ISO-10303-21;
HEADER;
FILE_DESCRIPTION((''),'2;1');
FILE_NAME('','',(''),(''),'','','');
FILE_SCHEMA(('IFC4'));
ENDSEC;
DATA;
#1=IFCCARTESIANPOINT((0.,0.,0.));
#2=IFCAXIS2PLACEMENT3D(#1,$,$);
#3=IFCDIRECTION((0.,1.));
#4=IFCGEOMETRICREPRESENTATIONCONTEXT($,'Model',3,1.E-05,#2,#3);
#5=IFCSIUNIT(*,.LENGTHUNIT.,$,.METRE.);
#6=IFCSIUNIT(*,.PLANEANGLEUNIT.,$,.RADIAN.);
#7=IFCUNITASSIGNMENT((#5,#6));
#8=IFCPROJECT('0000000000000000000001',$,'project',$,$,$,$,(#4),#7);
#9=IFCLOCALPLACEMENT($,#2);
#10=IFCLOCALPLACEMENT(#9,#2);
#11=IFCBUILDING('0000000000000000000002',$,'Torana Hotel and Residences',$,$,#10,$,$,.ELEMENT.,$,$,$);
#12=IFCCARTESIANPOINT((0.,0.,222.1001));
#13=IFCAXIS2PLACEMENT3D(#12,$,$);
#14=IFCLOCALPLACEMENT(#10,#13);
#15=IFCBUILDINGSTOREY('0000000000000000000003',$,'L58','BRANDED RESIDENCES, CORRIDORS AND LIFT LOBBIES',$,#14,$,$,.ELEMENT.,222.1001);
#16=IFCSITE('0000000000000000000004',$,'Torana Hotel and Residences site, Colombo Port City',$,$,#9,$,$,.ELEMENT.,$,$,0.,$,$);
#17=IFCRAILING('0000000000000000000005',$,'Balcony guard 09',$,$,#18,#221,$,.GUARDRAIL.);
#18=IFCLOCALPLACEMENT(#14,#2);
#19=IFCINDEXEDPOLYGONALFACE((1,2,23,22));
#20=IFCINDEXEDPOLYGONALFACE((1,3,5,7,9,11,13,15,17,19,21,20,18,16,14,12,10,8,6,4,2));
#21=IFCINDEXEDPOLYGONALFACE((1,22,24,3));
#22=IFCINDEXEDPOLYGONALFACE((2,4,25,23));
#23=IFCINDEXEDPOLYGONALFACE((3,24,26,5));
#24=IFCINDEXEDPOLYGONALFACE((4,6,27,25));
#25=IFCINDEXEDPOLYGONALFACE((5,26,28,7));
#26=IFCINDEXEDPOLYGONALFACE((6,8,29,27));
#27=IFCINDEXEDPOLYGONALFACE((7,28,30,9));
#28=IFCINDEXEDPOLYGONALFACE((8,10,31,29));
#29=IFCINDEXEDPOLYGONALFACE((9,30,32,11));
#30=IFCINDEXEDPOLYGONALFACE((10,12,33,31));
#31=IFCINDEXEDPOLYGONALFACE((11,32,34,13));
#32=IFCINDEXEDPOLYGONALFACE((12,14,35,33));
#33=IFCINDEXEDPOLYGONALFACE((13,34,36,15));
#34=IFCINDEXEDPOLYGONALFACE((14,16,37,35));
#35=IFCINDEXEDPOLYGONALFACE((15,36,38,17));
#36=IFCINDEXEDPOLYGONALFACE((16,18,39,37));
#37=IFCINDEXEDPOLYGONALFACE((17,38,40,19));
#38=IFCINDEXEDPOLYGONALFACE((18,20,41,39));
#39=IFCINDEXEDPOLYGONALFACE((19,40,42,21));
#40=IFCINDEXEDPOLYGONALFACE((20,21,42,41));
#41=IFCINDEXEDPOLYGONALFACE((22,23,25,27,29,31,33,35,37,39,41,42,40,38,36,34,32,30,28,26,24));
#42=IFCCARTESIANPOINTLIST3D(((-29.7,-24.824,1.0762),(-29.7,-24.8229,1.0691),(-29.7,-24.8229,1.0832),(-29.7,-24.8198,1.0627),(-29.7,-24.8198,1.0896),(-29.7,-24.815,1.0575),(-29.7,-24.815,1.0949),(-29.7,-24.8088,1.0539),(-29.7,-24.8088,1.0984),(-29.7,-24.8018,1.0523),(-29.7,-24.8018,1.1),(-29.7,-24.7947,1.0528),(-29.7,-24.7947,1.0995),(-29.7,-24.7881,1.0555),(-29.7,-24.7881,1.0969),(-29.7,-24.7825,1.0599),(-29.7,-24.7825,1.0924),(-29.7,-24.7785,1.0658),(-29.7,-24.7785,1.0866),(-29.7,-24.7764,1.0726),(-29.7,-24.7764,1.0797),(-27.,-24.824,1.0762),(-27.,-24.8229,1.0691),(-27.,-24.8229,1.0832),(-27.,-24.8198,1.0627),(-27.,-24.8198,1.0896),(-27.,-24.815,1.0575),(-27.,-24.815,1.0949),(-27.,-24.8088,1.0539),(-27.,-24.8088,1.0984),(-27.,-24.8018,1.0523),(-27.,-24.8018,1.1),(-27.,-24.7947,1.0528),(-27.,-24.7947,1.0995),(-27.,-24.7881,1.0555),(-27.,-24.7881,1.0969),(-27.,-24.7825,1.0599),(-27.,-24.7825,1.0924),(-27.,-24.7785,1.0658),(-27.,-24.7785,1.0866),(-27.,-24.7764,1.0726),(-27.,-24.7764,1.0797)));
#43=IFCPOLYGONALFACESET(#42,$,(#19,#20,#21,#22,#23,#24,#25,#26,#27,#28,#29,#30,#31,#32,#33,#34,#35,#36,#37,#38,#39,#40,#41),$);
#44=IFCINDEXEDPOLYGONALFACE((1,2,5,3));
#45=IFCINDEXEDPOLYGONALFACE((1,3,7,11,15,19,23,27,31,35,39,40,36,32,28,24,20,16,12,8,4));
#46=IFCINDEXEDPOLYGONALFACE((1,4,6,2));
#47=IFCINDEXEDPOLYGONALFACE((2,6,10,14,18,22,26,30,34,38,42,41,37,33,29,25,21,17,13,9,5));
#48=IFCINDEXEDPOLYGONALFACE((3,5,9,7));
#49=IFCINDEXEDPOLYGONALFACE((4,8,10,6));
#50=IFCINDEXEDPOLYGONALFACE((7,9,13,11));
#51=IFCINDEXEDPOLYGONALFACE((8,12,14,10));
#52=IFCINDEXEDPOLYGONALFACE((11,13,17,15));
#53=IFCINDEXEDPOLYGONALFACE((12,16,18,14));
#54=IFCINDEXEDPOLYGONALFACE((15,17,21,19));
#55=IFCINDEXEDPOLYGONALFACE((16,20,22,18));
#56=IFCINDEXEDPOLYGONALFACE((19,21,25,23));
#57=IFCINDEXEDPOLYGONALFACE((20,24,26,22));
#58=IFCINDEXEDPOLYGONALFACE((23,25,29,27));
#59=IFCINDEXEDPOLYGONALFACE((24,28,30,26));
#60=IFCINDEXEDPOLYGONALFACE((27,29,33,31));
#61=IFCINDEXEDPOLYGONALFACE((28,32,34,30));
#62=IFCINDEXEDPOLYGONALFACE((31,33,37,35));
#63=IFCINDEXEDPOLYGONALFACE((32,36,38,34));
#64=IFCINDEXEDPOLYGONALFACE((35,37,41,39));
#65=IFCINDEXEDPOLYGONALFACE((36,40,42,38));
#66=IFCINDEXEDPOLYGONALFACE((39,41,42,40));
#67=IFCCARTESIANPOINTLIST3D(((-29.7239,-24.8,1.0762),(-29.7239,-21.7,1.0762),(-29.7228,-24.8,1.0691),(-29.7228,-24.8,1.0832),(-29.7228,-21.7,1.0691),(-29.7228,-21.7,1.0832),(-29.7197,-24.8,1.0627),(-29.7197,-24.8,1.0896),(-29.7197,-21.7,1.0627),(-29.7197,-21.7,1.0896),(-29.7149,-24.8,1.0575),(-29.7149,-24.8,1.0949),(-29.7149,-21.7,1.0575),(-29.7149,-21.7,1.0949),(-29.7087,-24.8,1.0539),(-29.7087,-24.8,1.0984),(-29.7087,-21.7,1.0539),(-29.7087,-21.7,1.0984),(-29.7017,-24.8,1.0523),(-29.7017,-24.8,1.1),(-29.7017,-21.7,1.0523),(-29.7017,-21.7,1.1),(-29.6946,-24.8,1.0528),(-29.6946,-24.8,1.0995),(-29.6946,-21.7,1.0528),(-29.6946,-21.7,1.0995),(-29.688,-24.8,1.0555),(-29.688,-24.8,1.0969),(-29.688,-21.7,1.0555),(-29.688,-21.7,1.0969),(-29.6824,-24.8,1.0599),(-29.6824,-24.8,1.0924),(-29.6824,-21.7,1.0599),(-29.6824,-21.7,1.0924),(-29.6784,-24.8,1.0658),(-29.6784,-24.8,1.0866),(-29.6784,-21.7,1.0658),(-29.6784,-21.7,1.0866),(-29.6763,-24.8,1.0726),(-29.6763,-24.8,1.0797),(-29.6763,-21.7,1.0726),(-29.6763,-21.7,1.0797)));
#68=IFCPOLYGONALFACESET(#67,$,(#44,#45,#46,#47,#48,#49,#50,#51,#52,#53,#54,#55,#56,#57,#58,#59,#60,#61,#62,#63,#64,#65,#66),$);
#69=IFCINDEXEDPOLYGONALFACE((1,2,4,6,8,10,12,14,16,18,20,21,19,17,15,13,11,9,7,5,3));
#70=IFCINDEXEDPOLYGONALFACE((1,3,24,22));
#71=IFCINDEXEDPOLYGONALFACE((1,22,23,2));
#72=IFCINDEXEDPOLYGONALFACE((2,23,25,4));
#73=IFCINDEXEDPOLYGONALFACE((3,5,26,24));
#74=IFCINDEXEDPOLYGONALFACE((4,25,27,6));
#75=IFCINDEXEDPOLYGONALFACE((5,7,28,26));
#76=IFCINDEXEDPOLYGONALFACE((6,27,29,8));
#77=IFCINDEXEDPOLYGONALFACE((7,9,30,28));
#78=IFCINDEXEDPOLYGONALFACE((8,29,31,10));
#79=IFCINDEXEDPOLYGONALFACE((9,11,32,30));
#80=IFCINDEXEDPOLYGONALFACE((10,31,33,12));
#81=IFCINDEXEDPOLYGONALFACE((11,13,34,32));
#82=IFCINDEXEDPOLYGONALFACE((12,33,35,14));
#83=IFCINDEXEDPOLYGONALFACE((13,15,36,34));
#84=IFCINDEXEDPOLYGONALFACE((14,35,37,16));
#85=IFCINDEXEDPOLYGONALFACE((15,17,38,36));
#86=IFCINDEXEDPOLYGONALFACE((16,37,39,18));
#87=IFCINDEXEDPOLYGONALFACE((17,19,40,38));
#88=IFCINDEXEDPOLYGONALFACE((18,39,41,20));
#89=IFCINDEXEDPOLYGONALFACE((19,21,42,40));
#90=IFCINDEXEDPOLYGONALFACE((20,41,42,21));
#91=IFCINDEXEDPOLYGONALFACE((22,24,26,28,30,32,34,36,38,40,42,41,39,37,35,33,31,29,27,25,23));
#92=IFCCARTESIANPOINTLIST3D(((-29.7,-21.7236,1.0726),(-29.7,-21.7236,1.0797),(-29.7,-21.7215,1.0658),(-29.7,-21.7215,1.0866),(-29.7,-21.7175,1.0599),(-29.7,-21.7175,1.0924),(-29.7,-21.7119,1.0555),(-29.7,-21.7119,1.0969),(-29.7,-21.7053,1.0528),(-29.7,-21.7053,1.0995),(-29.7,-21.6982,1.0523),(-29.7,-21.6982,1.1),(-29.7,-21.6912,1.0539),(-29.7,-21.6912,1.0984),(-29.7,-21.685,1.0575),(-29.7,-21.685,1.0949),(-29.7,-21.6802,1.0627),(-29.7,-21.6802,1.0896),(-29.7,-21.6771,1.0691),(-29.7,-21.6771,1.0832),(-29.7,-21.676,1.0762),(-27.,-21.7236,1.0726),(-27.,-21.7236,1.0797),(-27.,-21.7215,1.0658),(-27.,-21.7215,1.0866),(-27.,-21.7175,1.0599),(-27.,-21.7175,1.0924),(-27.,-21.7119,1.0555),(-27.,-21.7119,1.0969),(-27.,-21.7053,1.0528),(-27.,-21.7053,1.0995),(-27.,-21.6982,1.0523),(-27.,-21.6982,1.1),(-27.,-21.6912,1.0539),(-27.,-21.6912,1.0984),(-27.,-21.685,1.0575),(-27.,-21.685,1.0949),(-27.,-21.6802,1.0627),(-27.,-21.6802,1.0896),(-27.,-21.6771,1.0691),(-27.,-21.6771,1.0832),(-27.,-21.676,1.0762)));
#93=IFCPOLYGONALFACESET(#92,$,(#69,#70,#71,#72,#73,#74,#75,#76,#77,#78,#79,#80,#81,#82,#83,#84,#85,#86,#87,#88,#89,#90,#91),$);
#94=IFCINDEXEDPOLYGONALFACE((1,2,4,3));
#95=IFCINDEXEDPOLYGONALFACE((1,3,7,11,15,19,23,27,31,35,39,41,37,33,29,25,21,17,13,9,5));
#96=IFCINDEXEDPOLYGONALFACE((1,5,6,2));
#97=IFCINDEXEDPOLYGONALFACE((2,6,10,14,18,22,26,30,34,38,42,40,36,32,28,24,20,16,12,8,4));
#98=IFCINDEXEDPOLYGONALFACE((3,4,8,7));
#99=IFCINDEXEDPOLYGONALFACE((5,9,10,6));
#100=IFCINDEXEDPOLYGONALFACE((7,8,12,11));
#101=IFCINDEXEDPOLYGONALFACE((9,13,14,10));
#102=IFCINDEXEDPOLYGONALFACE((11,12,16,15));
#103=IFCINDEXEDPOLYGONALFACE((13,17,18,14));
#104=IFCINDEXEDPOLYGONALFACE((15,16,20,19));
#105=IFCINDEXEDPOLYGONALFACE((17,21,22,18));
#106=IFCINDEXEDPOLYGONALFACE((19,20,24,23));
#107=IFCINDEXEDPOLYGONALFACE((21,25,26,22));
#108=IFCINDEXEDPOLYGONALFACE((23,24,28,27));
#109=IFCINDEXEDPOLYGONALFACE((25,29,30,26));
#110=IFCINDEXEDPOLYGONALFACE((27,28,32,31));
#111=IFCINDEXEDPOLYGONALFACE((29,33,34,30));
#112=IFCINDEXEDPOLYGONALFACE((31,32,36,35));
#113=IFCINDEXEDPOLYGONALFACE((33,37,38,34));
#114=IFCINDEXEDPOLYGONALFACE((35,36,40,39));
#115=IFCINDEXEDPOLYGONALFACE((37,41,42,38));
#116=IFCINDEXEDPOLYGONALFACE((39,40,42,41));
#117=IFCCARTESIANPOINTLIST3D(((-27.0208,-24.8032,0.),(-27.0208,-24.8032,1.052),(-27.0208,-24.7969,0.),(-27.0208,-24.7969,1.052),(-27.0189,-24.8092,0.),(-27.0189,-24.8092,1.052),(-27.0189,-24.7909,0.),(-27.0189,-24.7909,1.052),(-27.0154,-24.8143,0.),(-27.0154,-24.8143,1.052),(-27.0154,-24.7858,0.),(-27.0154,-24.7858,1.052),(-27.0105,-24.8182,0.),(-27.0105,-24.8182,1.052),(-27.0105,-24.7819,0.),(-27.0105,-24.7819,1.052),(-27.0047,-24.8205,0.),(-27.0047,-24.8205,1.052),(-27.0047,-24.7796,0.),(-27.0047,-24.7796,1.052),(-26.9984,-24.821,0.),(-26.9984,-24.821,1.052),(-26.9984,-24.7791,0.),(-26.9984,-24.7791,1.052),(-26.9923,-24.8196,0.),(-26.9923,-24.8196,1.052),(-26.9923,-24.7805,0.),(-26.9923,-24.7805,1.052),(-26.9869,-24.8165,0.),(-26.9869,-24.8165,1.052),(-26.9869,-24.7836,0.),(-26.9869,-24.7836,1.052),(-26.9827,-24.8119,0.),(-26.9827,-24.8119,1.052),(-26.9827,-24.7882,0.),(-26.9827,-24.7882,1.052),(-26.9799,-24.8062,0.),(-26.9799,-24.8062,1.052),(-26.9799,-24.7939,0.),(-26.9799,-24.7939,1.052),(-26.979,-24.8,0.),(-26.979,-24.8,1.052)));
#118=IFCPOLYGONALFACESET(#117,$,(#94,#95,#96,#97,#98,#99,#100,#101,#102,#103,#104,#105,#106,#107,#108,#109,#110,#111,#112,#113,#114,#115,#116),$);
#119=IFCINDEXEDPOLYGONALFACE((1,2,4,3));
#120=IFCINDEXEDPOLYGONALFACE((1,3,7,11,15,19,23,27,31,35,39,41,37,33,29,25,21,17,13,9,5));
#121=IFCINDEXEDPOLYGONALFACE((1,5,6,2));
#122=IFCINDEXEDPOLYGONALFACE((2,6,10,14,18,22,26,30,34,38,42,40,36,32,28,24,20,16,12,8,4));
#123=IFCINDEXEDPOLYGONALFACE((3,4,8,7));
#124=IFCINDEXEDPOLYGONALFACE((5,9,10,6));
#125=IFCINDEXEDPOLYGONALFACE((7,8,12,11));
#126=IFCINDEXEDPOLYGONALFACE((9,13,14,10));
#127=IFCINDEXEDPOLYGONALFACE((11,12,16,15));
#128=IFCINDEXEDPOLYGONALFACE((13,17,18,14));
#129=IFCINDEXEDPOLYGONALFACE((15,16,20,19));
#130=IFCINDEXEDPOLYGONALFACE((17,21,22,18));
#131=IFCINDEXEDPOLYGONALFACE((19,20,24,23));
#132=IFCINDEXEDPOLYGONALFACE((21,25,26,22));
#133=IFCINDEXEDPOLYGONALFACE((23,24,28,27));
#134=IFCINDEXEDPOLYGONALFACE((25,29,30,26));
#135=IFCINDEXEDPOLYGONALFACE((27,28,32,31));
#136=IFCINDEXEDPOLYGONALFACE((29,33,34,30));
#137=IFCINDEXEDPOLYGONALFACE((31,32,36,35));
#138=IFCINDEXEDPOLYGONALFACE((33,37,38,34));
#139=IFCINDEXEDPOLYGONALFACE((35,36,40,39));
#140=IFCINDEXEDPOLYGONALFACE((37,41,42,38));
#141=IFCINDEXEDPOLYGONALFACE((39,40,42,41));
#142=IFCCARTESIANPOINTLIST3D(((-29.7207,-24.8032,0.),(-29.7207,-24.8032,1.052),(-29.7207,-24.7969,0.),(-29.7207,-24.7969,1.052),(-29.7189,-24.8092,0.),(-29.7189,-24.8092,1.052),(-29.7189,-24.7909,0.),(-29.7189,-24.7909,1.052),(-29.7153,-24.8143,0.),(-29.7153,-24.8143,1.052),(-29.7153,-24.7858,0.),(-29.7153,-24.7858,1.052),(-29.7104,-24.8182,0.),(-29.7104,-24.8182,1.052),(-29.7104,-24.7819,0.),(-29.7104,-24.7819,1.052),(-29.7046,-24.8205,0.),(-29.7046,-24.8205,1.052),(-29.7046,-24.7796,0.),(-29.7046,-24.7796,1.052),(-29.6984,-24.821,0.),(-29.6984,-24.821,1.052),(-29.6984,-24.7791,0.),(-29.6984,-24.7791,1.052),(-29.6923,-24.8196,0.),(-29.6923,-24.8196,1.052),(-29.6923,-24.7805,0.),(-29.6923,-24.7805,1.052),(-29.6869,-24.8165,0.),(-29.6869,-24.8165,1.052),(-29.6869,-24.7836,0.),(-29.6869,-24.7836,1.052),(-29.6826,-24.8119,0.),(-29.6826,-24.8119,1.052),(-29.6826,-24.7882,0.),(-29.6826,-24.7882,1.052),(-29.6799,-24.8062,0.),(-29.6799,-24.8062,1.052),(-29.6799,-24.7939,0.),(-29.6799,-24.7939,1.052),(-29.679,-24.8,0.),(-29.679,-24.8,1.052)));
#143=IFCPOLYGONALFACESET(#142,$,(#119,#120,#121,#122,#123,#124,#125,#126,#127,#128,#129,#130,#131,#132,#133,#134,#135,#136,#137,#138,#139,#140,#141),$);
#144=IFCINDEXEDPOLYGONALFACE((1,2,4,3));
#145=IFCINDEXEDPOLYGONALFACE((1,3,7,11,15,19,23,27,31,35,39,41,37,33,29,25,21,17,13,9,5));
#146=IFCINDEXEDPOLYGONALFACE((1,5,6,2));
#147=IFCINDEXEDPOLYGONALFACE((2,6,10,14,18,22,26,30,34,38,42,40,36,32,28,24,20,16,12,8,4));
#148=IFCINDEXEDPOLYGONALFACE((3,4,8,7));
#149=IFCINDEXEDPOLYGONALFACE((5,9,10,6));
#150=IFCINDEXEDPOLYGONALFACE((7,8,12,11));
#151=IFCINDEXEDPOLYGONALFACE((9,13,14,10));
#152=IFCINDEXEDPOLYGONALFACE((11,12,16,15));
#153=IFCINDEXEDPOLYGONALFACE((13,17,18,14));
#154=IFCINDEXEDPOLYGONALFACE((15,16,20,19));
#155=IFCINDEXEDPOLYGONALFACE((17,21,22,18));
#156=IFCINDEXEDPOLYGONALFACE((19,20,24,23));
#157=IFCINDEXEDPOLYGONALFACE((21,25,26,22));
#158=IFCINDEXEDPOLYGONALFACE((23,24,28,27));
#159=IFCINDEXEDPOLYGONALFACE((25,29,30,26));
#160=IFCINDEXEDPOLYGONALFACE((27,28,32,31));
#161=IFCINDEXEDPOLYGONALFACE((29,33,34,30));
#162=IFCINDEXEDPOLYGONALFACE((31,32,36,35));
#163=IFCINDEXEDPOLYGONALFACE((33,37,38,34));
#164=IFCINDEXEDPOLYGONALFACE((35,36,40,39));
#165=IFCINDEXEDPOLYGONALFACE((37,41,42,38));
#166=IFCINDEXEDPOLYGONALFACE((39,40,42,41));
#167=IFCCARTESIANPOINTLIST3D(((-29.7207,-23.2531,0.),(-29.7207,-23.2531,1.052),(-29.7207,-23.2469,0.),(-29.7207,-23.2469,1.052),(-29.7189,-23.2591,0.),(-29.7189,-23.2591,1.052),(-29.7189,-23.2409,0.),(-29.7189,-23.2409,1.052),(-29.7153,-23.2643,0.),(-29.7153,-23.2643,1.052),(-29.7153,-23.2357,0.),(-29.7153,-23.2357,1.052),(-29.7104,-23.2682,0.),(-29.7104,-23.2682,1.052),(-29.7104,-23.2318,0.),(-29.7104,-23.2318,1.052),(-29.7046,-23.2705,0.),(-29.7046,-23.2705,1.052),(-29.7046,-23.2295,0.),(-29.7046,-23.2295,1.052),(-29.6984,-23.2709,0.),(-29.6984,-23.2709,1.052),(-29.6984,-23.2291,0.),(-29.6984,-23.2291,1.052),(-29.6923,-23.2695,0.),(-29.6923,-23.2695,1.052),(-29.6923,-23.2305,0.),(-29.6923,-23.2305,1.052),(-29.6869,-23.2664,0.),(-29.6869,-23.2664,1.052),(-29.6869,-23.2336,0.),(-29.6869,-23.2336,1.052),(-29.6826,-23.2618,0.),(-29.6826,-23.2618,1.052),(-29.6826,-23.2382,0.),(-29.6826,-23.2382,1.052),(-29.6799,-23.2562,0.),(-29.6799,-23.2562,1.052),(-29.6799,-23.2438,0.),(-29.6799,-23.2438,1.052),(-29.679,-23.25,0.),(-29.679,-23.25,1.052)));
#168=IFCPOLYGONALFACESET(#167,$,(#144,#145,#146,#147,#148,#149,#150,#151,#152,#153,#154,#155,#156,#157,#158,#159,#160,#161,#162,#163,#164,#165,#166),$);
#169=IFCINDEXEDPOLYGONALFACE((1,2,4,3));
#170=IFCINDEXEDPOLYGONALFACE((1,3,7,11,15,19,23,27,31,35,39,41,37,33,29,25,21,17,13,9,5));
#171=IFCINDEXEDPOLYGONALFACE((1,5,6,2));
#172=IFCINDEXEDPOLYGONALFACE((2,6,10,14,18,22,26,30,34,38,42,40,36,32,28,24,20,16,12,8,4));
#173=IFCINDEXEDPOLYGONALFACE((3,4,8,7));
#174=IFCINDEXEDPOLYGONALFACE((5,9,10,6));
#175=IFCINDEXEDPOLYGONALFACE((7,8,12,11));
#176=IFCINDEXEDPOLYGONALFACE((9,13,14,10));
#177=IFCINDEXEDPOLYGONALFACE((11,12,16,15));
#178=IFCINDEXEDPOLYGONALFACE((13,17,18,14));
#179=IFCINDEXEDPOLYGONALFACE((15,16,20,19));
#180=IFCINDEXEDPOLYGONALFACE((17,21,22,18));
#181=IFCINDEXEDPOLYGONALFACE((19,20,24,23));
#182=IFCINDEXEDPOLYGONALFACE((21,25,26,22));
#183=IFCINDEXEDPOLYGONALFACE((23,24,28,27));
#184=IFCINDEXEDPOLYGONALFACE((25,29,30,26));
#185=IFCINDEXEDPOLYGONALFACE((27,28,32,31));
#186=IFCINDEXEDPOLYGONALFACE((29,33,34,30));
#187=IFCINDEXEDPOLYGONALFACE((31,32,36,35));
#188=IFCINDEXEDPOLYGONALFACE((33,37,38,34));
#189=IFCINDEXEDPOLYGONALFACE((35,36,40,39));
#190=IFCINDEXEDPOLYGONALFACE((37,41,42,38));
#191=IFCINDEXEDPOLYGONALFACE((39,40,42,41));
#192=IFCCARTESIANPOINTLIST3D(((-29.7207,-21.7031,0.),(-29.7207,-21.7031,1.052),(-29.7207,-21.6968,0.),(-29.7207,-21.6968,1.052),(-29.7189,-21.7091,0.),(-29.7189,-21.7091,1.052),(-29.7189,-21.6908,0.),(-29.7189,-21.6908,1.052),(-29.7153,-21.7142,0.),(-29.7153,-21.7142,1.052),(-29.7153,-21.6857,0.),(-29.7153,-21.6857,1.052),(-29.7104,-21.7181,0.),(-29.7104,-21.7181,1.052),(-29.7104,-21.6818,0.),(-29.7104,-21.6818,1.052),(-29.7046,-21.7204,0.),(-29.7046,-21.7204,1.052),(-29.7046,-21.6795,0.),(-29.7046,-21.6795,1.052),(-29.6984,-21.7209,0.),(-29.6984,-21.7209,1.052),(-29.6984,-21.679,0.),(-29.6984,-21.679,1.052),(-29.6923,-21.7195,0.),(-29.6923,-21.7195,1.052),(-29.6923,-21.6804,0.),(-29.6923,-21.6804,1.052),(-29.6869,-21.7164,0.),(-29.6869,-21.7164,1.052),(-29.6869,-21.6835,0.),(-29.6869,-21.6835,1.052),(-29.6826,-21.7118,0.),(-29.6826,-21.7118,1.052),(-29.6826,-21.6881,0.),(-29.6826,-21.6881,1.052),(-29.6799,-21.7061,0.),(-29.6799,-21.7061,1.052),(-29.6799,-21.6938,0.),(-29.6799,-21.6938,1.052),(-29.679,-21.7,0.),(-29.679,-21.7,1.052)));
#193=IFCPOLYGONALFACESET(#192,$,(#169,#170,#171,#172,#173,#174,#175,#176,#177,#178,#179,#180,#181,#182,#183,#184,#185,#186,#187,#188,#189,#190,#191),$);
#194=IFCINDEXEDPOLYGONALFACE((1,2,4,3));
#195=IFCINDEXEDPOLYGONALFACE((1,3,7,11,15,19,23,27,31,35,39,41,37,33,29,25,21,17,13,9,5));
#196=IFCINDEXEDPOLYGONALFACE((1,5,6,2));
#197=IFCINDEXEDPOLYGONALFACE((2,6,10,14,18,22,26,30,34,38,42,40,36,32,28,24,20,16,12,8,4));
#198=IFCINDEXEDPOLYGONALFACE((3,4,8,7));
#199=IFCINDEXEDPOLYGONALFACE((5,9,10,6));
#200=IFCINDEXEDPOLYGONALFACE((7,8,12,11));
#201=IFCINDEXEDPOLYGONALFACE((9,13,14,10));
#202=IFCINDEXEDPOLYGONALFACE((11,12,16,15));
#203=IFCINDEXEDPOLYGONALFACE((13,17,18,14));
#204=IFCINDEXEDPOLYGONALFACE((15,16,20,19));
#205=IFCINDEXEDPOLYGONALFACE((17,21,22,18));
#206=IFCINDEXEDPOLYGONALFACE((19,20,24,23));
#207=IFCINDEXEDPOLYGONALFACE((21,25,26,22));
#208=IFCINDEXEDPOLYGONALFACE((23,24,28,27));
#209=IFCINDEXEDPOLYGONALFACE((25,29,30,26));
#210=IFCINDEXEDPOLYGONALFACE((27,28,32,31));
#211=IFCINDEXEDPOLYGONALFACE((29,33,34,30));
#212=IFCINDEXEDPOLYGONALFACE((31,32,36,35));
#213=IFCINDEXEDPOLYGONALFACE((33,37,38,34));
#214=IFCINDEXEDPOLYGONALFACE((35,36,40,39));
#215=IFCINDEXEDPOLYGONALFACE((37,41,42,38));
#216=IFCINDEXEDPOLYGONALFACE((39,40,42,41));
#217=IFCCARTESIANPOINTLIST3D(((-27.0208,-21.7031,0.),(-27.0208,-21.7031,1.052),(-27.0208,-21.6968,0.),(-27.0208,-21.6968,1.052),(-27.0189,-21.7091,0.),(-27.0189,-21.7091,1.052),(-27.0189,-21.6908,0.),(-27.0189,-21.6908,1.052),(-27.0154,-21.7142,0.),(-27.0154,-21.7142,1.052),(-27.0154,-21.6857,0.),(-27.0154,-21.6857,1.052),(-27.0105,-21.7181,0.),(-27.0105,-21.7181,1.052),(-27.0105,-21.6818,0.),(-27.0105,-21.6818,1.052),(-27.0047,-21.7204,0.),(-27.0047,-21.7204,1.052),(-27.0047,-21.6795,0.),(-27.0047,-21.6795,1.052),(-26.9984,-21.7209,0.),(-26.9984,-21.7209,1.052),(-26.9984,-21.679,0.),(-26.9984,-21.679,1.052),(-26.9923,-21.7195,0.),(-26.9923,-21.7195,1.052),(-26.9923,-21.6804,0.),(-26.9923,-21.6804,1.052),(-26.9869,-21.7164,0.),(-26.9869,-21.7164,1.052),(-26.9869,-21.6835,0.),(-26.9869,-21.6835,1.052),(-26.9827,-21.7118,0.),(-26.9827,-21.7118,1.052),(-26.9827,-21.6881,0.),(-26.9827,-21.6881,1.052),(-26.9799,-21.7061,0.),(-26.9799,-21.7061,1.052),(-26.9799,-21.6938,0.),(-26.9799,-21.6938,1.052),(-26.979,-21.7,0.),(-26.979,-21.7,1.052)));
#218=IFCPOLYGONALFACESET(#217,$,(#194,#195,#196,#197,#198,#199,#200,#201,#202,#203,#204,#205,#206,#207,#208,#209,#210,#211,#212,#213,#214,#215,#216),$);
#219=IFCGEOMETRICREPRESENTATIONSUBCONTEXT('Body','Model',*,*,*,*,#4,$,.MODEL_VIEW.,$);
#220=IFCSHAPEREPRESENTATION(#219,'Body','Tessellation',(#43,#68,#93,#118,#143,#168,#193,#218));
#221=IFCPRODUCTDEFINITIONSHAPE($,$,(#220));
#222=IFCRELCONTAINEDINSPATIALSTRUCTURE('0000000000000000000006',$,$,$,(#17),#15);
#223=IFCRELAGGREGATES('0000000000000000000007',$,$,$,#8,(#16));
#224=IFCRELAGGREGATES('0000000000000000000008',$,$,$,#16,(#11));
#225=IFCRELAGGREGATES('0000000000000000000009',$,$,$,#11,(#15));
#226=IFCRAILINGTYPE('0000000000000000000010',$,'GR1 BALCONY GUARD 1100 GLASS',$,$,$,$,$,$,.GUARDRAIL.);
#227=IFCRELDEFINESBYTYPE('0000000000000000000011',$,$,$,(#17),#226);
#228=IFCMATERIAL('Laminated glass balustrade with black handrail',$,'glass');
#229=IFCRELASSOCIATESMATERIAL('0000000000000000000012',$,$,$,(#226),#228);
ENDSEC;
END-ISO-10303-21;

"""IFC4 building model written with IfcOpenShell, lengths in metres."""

from ifc_helpers import new_model, si_unit, direction, frame, origin, origin_2d, place, context, subcontext, project, spatial, circle, extrude, material, type_object, element, save


model = new_model("IFC4")

# Units and contexts
model_context = context("Model", 3, precision=1e-05, world=origin(), true_north=direction((0.0, 1.0)))
body_context = subcontext(model_context, "Body", "Model", "MODEL_VIEW")
ifc_project = project(units=[si_unit("LENGTHUNIT", "METRE"), si_unit("PLANEANGLEUNIT", "RADIAN")], contexts=[model_context])

# Site, building, storey
site_placement = place(None, origin())
site = spatial("IfcSite", under=ifc_project, at=site_placement, Name="Torana Hotel and Residences site, Colombo Port City", CompositionType="ELEMENT", RefElevation=0.0)
building_placement = place(site_placement, origin())
building = spatial("IfcBuilding", under=site, at=building_placement, Name="Torana Hotel and Residences", CompositionType="ELEMENT")
storey_placement = place(building_placement, frame((0.0, 0.0, 222.1001)))
storey = spatial("IfcBuildingStorey", under=building, at=storey_placement, Name="L58", Description="BRANDED RESIDENCES, CORRIDORS AND LIFT LOBBIES", CompositionType="ELEMENT", Elevation=222.1001)

# Railing
ifc_material_1 = material(Name="Laminated glass balustrade with black handrail", Category="glass")
railing_type = type_object("IfcRailingType", Name="GR1 BALCONY GUARD 1100 GLASS", PredefinedType="GUARDRAIL", material=ifc_material_1)
railing_1_placement = place(storey_placement, frame((-27.0, -24.8, 0.0)))
element("IfcRailing", 1, at=railing_1_placement, inside=storey, type_object=railing_type, Name="Balcony guard 09", PredefinedType="GUARDRAIL", context=body_context, shape_type="SweptSolid", body=[
    extrude(circle(Radius=0.0239, at=origin_2d()), frame((0.0, 0.0, 1.0762), z_axis=(-1.0, 0.0, 0.0), x_axis=(0.0, -1.0, 0.0)), (0.0, 0.0, 1.0), 2.7),
    extrude(circle(Radius=0.0239, at=origin_2d()), frame((-2.7, 0.0, 1.0762), z_axis=(0.0, 1.0, 0.0), x_axis=(-1.0, 0.0, 0.0)), (0.0, 0.0, 1.0), 3.1001),
    extrude(circle(Radius=0.0239, at=origin_2d()), frame((-2.7, 3.1001, 1.0762), z_axis=(1.0, 0.0, 0.0), x_axis=(0.0, 1.0, 0.0)), (0.0, 0.0, 1.0), 2.7),
    extrude(circle(Radius=0.021, at=origin_2d()), origin(), (0.0, 0.0, 1.0), 1.052),
    extrude(circle(Radius=0.021, at=origin_2d()), frame((-2.7, 0.0, 0.0)), (0.0, 0.0, 1.0), 1.052),
    extrude(circle(Radius=0.021, at=origin_2d()), frame((-2.7, 1.55, 0.0)), (0.0, 0.0, 1.0), 1.052),
    extrude(circle(Radius=0.021, at=origin_2d()), frame((-2.7, 3.1001, 0.0)), (0.0, 0.0, 1.0), 1.052),
    extrude(circle(Radius=0.021, at=origin_2d()), frame((0.0, 3.1001, 0.0)), (0.0, 0.0, 1.0), 1.052),
])

save(model, "model.ifc")
